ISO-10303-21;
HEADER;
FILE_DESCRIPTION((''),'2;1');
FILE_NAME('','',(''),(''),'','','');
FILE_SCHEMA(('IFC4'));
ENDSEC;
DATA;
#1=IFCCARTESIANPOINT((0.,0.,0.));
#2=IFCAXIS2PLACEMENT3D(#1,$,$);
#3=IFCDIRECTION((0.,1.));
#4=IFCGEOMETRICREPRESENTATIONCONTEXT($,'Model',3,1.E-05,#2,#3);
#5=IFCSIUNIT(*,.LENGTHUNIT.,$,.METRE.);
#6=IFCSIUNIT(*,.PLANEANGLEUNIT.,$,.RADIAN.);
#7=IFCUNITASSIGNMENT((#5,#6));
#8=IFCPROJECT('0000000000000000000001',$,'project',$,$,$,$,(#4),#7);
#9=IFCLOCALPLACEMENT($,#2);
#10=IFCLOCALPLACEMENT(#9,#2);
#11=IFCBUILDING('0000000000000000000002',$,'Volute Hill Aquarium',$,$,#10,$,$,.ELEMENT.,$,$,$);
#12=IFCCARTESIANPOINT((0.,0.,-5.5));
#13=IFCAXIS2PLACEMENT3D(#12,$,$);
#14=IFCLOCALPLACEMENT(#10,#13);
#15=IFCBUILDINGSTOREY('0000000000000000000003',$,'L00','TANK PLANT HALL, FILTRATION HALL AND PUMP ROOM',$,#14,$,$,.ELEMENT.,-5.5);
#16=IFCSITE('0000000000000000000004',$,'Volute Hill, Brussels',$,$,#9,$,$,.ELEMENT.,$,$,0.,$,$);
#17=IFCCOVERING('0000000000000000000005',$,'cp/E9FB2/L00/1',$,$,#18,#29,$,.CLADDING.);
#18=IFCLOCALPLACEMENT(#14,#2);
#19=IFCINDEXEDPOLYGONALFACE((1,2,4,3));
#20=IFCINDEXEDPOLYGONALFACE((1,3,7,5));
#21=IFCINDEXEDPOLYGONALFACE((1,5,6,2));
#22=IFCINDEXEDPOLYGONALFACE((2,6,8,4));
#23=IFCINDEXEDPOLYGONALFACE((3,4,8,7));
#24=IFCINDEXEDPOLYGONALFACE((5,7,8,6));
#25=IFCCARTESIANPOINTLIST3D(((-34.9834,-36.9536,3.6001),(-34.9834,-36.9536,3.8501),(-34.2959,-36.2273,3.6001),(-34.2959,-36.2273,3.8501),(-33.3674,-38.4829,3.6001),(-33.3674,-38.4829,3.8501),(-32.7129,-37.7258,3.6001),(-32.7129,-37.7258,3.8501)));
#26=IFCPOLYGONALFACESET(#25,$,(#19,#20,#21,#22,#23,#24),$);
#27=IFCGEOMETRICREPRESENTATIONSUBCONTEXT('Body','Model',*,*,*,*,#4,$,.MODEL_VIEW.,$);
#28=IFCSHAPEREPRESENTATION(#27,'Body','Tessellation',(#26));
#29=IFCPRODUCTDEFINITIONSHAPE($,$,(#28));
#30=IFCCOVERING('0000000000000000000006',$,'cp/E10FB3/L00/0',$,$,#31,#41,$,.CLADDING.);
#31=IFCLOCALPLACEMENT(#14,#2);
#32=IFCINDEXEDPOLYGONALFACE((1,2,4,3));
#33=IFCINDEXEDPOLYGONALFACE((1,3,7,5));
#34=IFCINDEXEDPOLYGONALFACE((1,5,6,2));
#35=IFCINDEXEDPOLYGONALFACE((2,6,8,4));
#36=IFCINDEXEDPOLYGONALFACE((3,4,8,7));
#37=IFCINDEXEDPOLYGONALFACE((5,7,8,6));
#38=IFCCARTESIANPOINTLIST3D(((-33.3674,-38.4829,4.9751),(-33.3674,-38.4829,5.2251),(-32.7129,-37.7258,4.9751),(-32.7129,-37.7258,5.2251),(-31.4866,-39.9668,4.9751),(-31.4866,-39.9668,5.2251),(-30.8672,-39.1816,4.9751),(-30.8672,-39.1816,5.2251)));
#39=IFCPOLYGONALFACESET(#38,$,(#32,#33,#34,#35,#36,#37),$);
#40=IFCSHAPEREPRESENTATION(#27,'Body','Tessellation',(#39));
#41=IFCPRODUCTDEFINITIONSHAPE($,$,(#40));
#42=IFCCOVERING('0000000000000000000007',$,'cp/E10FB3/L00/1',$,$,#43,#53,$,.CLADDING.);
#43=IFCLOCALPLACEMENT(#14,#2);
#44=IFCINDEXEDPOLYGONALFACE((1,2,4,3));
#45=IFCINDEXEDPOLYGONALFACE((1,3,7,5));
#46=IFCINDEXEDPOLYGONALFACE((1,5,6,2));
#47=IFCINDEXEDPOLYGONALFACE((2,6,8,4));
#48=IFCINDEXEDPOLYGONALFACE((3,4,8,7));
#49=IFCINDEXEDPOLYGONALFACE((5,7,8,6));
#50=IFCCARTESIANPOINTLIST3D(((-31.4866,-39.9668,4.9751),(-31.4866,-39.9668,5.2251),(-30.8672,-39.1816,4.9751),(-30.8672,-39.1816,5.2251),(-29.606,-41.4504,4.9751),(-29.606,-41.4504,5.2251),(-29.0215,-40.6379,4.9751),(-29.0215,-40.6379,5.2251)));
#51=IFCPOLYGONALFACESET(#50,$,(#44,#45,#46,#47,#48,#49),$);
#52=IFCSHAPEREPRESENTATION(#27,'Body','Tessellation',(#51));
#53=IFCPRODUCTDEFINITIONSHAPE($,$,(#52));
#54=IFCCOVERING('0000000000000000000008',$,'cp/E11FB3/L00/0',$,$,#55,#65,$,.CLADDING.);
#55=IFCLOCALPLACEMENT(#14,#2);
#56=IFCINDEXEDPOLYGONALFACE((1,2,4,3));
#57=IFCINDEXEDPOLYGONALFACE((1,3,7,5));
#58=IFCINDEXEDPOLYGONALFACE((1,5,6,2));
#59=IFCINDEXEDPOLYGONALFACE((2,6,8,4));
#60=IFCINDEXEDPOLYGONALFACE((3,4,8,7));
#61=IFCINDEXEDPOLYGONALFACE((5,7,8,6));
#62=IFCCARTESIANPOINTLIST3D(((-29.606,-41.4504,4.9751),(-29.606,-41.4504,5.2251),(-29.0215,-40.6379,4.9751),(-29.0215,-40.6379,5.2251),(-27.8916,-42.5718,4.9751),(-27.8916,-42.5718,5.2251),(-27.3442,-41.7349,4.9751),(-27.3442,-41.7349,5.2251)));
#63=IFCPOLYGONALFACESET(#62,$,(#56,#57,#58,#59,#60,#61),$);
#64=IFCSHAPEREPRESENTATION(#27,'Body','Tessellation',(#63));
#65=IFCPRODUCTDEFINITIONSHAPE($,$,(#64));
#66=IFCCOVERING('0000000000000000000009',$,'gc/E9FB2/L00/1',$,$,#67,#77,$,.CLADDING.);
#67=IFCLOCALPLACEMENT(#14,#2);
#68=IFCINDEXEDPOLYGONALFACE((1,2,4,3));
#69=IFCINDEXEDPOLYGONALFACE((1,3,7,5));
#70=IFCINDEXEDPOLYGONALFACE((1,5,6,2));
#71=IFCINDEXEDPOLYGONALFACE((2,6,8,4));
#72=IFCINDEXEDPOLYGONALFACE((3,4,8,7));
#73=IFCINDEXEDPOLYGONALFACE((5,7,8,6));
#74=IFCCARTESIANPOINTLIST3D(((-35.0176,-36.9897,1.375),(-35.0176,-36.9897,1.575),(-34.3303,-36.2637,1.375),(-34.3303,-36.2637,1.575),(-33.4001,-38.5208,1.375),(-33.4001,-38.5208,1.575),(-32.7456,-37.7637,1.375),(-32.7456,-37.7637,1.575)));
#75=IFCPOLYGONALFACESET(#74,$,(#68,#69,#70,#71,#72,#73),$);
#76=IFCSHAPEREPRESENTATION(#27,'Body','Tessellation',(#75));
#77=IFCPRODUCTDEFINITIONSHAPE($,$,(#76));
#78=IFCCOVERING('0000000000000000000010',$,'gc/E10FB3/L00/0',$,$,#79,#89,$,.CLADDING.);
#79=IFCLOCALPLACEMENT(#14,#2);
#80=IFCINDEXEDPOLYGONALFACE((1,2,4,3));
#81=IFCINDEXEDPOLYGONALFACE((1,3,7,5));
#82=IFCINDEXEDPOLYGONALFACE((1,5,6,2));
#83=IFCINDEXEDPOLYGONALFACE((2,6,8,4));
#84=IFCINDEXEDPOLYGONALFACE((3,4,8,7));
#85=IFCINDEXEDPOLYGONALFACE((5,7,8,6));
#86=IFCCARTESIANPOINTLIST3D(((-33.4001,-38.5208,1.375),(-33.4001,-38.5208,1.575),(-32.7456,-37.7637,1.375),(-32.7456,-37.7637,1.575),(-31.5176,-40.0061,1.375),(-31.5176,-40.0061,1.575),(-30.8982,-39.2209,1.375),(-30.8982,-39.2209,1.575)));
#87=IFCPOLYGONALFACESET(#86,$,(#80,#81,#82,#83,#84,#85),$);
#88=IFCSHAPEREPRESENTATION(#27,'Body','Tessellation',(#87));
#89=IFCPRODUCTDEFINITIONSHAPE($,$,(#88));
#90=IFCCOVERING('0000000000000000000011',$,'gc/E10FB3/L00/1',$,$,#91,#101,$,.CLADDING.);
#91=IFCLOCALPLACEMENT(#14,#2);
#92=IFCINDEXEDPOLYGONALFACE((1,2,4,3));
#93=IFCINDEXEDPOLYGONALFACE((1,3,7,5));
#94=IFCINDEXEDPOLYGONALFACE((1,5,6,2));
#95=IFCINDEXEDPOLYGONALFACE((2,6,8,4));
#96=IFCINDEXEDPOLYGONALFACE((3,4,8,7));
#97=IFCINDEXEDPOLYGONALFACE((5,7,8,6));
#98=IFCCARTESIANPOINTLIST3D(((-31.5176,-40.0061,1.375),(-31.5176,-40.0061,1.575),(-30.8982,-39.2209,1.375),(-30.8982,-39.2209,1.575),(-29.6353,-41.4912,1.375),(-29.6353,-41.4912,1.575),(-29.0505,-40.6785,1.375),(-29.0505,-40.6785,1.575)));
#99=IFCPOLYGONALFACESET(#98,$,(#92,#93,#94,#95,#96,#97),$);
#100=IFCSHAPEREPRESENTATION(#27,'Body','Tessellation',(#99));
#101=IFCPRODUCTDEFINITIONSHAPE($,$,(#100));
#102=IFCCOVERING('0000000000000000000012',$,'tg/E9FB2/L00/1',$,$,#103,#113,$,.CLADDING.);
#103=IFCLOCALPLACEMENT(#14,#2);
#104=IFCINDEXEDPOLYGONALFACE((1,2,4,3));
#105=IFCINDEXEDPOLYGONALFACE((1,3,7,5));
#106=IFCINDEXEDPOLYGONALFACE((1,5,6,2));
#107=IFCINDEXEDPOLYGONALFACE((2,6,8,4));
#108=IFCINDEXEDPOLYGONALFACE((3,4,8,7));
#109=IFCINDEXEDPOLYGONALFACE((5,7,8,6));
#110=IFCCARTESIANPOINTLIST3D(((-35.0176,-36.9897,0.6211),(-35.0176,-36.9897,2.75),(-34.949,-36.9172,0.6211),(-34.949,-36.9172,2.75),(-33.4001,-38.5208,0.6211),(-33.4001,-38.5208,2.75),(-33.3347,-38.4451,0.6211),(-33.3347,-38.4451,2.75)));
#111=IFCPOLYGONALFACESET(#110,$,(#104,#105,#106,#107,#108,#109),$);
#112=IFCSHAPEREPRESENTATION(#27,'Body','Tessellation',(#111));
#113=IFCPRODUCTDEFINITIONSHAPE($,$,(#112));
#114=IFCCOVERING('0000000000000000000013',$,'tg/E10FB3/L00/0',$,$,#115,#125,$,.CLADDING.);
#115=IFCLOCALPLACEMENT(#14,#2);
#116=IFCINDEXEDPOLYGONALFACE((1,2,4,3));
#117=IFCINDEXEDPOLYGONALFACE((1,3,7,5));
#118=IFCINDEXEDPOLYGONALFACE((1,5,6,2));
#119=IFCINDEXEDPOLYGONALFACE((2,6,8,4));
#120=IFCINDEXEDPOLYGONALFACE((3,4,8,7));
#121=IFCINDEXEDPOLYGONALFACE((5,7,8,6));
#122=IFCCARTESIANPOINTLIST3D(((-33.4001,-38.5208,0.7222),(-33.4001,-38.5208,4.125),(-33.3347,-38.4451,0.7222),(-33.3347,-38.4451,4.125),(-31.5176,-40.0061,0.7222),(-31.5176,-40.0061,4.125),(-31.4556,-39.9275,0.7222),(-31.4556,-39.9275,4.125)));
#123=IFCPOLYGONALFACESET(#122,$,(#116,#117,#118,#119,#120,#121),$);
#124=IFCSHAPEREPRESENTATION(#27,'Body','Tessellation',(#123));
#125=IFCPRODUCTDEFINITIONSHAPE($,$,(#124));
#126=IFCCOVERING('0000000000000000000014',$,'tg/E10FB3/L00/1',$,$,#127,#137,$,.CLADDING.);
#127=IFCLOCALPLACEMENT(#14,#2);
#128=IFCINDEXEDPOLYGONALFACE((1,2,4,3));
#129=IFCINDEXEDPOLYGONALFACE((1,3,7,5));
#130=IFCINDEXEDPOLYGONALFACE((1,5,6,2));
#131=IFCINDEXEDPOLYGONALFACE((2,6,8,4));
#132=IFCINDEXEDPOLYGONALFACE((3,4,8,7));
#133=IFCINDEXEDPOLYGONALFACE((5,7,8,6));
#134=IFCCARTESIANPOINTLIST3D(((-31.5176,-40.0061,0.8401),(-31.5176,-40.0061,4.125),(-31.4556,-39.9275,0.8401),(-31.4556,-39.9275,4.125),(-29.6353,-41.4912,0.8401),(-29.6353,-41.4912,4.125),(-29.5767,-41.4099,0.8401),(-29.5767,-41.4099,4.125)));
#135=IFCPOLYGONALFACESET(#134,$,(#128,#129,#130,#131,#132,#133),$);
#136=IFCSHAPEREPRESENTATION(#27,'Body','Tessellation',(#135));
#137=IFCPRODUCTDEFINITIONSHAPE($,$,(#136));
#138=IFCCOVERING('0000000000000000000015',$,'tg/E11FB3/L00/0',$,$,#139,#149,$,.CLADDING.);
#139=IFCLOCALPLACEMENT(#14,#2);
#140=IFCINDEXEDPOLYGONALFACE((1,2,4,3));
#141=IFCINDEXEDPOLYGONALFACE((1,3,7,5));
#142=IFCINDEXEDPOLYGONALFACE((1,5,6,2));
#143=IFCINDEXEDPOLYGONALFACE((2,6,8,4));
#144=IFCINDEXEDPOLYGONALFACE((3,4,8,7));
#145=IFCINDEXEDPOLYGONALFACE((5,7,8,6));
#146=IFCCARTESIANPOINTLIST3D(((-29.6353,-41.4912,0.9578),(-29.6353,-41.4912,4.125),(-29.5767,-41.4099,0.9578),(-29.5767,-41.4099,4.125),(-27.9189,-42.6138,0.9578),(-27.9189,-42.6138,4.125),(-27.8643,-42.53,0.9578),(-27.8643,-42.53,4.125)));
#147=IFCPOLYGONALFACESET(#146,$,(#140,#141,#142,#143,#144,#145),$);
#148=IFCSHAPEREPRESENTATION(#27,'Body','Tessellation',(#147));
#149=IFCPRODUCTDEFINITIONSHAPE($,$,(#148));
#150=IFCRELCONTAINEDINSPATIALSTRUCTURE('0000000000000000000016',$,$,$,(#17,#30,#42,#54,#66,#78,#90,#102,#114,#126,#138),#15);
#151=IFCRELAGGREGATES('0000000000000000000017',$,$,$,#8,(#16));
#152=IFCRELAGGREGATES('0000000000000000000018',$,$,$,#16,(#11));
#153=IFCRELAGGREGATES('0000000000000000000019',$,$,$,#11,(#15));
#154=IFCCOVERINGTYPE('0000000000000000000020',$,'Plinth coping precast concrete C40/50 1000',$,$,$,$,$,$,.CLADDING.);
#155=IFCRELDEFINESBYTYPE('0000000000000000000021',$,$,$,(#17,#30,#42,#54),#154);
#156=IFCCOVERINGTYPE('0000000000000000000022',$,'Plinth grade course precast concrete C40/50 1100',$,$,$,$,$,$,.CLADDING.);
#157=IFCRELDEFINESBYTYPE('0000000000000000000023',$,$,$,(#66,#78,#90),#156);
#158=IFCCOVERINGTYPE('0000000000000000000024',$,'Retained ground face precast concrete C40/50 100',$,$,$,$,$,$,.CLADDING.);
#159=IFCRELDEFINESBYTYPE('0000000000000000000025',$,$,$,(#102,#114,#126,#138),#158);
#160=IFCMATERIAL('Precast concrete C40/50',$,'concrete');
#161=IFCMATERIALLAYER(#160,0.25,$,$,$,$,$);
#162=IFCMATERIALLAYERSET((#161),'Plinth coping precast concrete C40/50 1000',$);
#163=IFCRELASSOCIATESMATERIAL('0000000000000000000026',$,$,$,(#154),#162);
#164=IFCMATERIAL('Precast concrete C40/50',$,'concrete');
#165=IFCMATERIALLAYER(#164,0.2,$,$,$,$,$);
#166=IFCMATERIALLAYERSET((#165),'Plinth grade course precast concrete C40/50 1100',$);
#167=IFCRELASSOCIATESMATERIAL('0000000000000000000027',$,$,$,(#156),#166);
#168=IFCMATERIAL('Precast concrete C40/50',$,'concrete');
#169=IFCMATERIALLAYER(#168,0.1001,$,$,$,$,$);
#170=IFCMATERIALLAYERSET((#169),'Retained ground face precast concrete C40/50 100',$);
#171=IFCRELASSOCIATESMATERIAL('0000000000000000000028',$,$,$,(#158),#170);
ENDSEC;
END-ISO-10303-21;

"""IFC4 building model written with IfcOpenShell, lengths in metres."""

from ifc_helpers import new_model, si_unit, direction, frame, origin, place, context, subcontext, project, spatial, polyline, outline, extrude, material, layer, layer_set, type_object, element, save


model = new_model("IFC4")

# Units and contexts
model_context = context("Model", 3, precision=1e-05, world=origin(), true_north=direction((0.0, 1.0)))
body_context = subcontext(model_context, "Body", "Model", "MODEL_VIEW")
ifc_project = project(units=[si_unit("LENGTHUNIT", "METRE"), si_unit("PLANEANGLEUNIT", "RADIAN")], contexts=[model_context])

# Site, building, storey
site_placement = place(None, origin())
site = spatial("IfcSite", under=ifc_project, at=site_placement, Name="Volute Hill, Brussels", CompositionType="ELEMENT", RefElevation=0.0)
building_placement = place(site_placement, origin())
building = spatial("IfcBuilding", under=site, at=building_placement, Name="Volute Hill Aquarium", CompositionType="ELEMENT")
storey_placement = place(building_placement, frame((0.0, 0.0, -5.5)))
storey = spatial("IfcBuildingStorey", under=building, at=storey_placement, Name="L00", Description="TANK PLANT HALL, FILTRATION HALL AND PUMP ROOM", CompositionType="ELEMENT", Elevation=-5.5)

# Coverings
ifc_material_1 = material(Name="Precast concrete C40/50", Category="concrete")
ifc_layer_1 = layer(ifc_material_1, 0.25)
ifc_layer_set_1 = layer_set([ifc_layer_1], Name="Plinth coping precast concrete C40/50 1000")
covering_type_1 = type_object("IfcCoveringType", Name="Plinth coping precast concrete C40/50 1000", PredefinedType="CLADDING", material=ifc_layer_set_1)
covering_1_placement = place(storey_placement, frame((0.0, 0.0, 3.6001)))
element("IfcCovering", 1, at=covering_1_placement, inside=storey, type_object=covering_type_1, Name="cp/E9FB2/L00/1", PredefinedType="CLADDING", context=body_context, shape_type="SweptSolid", body=[
    extrude(outline(polyline([(-34.9834, -36.9536), (-33.3674, -38.4829), (-32.7129, -37.7258), (-34.2959, -36.2273), (-34.9834, -36.9536)])), origin(), (0.0, 0.0, 1.0), 0.25),
])
covering_2_placement = place(storey_placement, frame((0.0, 0.0, 4.9751)))
element("IfcCovering", 2, at=covering_2_placement, inside=storey, type_object=covering_type_1, Name="cp/E10FB3/L00/0", PredefinedType="CLADDING", context=body_context, shape_type="SweptSolid", body=[
    extrude(outline(polyline([(-33.3674, -38.4829), (-31.4866, -39.9668), (-30.8672, -39.1816), (-32.7129, -37.7258), (-32.7129, -37.7258), (-33.3674, -38.4829), (-33.3674, -38.4829)])), origin(), (0.0, 0.0, 1.0), 0.25),
])
covering_3_placement = place(storey_placement, frame((0.0, 0.0, 4.9751)))
element("IfcCovering", 3, at=covering_3_placement, inside=storey, type_object=covering_type_1, Name="cp/E10FB3/L00/1", PredefinedType="CLADDING", context=body_context, shape_type="SweptSolid", body=[
    extrude(outline(polyline([(-31.4866, -39.9668), (-29.606, -41.4504), (-29.0215, -40.6379), (-30.8672, -39.1816), (-31.4866, -39.9668)])), origin(), (0.0, 0.0, 1.0), 0.25),
])
covering_4_placement = place(storey_placement, frame((0.0, 0.0, 4.9751)))
element("IfcCovering", 4, at=covering_4_placement, inside=storey, type_object=covering_type_1, Name="cp/E11FB3/L00/0", PredefinedType="CLADDING", context=body_context, shape_type="SweptSolid", body=[
    extrude(outline(polyline([(-29.606, -41.4504), (-27.8916, -42.5718), (-27.3442, -41.7349), (-29.0215, -40.6379), (-29.606, -41.4504), (-29.606, -41.4504)])), origin(), (0.0, 0.0, 1.0), 0.25),
])
ifc_material_2 = material(Name="Precast concrete C40/50", Category="concrete")
ifc_layer_2 = layer(ifc_material_2, 0.2)
ifc_layer_set_2 = layer_set([ifc_layer_2], Name="Plinth grade course precast concrete C40/50 1100")
covering_type_2 = type_object("IfcCoveringType", Name="Plinth grade course precast concrete C40/50 1100", PredefinedType="CLADDING", material=ifc_layer_set_2)
covering_5_placement = place(storey_placement, frame((0.0, 0.0, 1.375)))
element("IfcCovering", 5, at=covering_5_placement, inside=storey, type_object=covering_type_2, Name="gc/E9FB2/L00/1", PredefinedType="CLADDING", context=body_context, shape_type="SweptSolid", body=[
    extrude(outline(polyline([(-35.0176, -36.9897), (-33.4001, -38.5208), (-32.7456, -37.7637), (-34.3303, -36.2637), (-35.0176, -36.9897)])), origin(), (0.0, 0.0, 1.0), 0.2),
])
covering_6_placement = place(storey_placement, frame((0.0, 0.0, 1.375)))
element("IfcCovering", 6, at=covering_6_placement, inside=storey, type_object=covering_type_2, Name="gc/E10FB3/L00/0", PredefinedType="CLADDING", context=body_context, shape_type="SweptSolid", body=[
    extrude(outline(polyline([(-33.4001, -38.5208), (-31.5176, -40.0061), (-30.8982, -39.2209), (-32.7456, -37.7637), (-32.7456, -37.7637), (-33.4001, -38.5208), (-33.4001, -38.5208)])), origin(), (0.0, 0.0, 1.0), 0.2),
])
covering_7_placement = place(storey_placement, frame((0.0, 0.0, 1.375)))
element("IfcCovering", 7, at=covering_7_placement, inside=storey, type_object=covering_type_2, Name="gc/E10FB3/L00/1", PredefinedType="CLADDING", context=body_context, shape_type="SweptSolid", body=[
    extrude(outline(polyline([(-29.6353, -41.4912), (-29.6353, -41.4912), (-29.0505, -40.6785), (-29.0505, -40.6785), (-30.8982, -39.2209), (-31.5176, -40.0061), (-29.6353, -41.4912)])), origin(), (0.0, 0.0, 1.0), 0.2),
])
ifc_material_3 = material(Name="Precast concrete C40/50", Category="concrete")
ifc_layer_3 = layer(ifc_material_3, 0.1001)
ifc_layer_set_3 = layer_set([ifc_layer_3], Name="Retained ground face precast concrete C40/50 100")
covering_type_3 = type_object("IfcCoveringType", Name="Retained ground face precast concrete C40/50 100", PredefinedType="CLADDING", material=ifc_layer_set_3)
covering_8_placement = place(storey_placement, frame((0.0, 0.0, 0.6211)))
element("IfcCovering", 8, at=covering_8_placement, inside=storey, type_object=covering_type_3, Name="tg/E9FB2/L00/1", PredefinedType="CLADDING", context=body_context, shape_type="SweptSolid", body=[
    extrude(outline(polyline([(-35.0176, -36.9897), (-33.4001, -38.5208), (-33.3347, -38.4451), (-34.949, -36.9172), (-35.0176, -36.9897)])), origin(), (0.0, 0.0, 1.0), 2.1289),
])
covering_9_placement = place(storey_placement, frame((0.0, 0.0, 0.7222)))
element("IfcCovering", 9, at=covering_9_placement, inside=storey, type_object=covering_type_3, Name="tg/E10FB3/L00/0", PredefinedType="CLADDING", context=body_context, shape_type="SweptSolid", body=[
    extrude(outline(polyline([(-33.4001, -38.5208), (-31.5176, -40.0061), (-31.4556, -39.9275), (-33.3347, -38.4451), (-33.4001, -38.5208), (-33.4001, -38.5208)])), origin(), (0.0, 0.0, 1.0), 3.4028),
])
covering_10_placement = place(storey_placement, frame((0.0, 0.0, 0.8401)))
element("IfcCovering", 10, at=covering_10_placement, inside=storey, type_object=covering_type_3, Name="tg/E10FB3/L00/1", PredefinedType="CLADDING", context=body_context, shape_type="SweptSolid", body=[
    extrude(outline(polyline([(-29.6353, -41.4912), (-29.6353, -41.4912), (-29.5767, -41.4099), (-29.5767, -41.4099), (-31.4556, -39.9275), (-31.5176, -40.0061), (-29.6353, -41.4912)])), origin(), (0.0, 0.0, 1.0), 3.2849),
])
covering_11_placement = place(storey_placement, frame((0.0, 0.0, 0.9578)))
element("IfcCovering", 11, at=covering_11_placement, inside=storey, type_object=covering_type_3, Name="tg/E11FB3/L00/0", PredefinedType="CLADDING", context=body_context, shape_type="SweptSolid", body=[
    extrude(outline(polyline([(-29.6353, -41.4912), (-27.9189, -42.6138), (-27.8643, -42.53), (-29.5767, -41.4099), (-29.6353, -41.4912)])), origin(), (0.0, 0.0, 1.0), 3.1672),
])

save(model, "model.ifc")
